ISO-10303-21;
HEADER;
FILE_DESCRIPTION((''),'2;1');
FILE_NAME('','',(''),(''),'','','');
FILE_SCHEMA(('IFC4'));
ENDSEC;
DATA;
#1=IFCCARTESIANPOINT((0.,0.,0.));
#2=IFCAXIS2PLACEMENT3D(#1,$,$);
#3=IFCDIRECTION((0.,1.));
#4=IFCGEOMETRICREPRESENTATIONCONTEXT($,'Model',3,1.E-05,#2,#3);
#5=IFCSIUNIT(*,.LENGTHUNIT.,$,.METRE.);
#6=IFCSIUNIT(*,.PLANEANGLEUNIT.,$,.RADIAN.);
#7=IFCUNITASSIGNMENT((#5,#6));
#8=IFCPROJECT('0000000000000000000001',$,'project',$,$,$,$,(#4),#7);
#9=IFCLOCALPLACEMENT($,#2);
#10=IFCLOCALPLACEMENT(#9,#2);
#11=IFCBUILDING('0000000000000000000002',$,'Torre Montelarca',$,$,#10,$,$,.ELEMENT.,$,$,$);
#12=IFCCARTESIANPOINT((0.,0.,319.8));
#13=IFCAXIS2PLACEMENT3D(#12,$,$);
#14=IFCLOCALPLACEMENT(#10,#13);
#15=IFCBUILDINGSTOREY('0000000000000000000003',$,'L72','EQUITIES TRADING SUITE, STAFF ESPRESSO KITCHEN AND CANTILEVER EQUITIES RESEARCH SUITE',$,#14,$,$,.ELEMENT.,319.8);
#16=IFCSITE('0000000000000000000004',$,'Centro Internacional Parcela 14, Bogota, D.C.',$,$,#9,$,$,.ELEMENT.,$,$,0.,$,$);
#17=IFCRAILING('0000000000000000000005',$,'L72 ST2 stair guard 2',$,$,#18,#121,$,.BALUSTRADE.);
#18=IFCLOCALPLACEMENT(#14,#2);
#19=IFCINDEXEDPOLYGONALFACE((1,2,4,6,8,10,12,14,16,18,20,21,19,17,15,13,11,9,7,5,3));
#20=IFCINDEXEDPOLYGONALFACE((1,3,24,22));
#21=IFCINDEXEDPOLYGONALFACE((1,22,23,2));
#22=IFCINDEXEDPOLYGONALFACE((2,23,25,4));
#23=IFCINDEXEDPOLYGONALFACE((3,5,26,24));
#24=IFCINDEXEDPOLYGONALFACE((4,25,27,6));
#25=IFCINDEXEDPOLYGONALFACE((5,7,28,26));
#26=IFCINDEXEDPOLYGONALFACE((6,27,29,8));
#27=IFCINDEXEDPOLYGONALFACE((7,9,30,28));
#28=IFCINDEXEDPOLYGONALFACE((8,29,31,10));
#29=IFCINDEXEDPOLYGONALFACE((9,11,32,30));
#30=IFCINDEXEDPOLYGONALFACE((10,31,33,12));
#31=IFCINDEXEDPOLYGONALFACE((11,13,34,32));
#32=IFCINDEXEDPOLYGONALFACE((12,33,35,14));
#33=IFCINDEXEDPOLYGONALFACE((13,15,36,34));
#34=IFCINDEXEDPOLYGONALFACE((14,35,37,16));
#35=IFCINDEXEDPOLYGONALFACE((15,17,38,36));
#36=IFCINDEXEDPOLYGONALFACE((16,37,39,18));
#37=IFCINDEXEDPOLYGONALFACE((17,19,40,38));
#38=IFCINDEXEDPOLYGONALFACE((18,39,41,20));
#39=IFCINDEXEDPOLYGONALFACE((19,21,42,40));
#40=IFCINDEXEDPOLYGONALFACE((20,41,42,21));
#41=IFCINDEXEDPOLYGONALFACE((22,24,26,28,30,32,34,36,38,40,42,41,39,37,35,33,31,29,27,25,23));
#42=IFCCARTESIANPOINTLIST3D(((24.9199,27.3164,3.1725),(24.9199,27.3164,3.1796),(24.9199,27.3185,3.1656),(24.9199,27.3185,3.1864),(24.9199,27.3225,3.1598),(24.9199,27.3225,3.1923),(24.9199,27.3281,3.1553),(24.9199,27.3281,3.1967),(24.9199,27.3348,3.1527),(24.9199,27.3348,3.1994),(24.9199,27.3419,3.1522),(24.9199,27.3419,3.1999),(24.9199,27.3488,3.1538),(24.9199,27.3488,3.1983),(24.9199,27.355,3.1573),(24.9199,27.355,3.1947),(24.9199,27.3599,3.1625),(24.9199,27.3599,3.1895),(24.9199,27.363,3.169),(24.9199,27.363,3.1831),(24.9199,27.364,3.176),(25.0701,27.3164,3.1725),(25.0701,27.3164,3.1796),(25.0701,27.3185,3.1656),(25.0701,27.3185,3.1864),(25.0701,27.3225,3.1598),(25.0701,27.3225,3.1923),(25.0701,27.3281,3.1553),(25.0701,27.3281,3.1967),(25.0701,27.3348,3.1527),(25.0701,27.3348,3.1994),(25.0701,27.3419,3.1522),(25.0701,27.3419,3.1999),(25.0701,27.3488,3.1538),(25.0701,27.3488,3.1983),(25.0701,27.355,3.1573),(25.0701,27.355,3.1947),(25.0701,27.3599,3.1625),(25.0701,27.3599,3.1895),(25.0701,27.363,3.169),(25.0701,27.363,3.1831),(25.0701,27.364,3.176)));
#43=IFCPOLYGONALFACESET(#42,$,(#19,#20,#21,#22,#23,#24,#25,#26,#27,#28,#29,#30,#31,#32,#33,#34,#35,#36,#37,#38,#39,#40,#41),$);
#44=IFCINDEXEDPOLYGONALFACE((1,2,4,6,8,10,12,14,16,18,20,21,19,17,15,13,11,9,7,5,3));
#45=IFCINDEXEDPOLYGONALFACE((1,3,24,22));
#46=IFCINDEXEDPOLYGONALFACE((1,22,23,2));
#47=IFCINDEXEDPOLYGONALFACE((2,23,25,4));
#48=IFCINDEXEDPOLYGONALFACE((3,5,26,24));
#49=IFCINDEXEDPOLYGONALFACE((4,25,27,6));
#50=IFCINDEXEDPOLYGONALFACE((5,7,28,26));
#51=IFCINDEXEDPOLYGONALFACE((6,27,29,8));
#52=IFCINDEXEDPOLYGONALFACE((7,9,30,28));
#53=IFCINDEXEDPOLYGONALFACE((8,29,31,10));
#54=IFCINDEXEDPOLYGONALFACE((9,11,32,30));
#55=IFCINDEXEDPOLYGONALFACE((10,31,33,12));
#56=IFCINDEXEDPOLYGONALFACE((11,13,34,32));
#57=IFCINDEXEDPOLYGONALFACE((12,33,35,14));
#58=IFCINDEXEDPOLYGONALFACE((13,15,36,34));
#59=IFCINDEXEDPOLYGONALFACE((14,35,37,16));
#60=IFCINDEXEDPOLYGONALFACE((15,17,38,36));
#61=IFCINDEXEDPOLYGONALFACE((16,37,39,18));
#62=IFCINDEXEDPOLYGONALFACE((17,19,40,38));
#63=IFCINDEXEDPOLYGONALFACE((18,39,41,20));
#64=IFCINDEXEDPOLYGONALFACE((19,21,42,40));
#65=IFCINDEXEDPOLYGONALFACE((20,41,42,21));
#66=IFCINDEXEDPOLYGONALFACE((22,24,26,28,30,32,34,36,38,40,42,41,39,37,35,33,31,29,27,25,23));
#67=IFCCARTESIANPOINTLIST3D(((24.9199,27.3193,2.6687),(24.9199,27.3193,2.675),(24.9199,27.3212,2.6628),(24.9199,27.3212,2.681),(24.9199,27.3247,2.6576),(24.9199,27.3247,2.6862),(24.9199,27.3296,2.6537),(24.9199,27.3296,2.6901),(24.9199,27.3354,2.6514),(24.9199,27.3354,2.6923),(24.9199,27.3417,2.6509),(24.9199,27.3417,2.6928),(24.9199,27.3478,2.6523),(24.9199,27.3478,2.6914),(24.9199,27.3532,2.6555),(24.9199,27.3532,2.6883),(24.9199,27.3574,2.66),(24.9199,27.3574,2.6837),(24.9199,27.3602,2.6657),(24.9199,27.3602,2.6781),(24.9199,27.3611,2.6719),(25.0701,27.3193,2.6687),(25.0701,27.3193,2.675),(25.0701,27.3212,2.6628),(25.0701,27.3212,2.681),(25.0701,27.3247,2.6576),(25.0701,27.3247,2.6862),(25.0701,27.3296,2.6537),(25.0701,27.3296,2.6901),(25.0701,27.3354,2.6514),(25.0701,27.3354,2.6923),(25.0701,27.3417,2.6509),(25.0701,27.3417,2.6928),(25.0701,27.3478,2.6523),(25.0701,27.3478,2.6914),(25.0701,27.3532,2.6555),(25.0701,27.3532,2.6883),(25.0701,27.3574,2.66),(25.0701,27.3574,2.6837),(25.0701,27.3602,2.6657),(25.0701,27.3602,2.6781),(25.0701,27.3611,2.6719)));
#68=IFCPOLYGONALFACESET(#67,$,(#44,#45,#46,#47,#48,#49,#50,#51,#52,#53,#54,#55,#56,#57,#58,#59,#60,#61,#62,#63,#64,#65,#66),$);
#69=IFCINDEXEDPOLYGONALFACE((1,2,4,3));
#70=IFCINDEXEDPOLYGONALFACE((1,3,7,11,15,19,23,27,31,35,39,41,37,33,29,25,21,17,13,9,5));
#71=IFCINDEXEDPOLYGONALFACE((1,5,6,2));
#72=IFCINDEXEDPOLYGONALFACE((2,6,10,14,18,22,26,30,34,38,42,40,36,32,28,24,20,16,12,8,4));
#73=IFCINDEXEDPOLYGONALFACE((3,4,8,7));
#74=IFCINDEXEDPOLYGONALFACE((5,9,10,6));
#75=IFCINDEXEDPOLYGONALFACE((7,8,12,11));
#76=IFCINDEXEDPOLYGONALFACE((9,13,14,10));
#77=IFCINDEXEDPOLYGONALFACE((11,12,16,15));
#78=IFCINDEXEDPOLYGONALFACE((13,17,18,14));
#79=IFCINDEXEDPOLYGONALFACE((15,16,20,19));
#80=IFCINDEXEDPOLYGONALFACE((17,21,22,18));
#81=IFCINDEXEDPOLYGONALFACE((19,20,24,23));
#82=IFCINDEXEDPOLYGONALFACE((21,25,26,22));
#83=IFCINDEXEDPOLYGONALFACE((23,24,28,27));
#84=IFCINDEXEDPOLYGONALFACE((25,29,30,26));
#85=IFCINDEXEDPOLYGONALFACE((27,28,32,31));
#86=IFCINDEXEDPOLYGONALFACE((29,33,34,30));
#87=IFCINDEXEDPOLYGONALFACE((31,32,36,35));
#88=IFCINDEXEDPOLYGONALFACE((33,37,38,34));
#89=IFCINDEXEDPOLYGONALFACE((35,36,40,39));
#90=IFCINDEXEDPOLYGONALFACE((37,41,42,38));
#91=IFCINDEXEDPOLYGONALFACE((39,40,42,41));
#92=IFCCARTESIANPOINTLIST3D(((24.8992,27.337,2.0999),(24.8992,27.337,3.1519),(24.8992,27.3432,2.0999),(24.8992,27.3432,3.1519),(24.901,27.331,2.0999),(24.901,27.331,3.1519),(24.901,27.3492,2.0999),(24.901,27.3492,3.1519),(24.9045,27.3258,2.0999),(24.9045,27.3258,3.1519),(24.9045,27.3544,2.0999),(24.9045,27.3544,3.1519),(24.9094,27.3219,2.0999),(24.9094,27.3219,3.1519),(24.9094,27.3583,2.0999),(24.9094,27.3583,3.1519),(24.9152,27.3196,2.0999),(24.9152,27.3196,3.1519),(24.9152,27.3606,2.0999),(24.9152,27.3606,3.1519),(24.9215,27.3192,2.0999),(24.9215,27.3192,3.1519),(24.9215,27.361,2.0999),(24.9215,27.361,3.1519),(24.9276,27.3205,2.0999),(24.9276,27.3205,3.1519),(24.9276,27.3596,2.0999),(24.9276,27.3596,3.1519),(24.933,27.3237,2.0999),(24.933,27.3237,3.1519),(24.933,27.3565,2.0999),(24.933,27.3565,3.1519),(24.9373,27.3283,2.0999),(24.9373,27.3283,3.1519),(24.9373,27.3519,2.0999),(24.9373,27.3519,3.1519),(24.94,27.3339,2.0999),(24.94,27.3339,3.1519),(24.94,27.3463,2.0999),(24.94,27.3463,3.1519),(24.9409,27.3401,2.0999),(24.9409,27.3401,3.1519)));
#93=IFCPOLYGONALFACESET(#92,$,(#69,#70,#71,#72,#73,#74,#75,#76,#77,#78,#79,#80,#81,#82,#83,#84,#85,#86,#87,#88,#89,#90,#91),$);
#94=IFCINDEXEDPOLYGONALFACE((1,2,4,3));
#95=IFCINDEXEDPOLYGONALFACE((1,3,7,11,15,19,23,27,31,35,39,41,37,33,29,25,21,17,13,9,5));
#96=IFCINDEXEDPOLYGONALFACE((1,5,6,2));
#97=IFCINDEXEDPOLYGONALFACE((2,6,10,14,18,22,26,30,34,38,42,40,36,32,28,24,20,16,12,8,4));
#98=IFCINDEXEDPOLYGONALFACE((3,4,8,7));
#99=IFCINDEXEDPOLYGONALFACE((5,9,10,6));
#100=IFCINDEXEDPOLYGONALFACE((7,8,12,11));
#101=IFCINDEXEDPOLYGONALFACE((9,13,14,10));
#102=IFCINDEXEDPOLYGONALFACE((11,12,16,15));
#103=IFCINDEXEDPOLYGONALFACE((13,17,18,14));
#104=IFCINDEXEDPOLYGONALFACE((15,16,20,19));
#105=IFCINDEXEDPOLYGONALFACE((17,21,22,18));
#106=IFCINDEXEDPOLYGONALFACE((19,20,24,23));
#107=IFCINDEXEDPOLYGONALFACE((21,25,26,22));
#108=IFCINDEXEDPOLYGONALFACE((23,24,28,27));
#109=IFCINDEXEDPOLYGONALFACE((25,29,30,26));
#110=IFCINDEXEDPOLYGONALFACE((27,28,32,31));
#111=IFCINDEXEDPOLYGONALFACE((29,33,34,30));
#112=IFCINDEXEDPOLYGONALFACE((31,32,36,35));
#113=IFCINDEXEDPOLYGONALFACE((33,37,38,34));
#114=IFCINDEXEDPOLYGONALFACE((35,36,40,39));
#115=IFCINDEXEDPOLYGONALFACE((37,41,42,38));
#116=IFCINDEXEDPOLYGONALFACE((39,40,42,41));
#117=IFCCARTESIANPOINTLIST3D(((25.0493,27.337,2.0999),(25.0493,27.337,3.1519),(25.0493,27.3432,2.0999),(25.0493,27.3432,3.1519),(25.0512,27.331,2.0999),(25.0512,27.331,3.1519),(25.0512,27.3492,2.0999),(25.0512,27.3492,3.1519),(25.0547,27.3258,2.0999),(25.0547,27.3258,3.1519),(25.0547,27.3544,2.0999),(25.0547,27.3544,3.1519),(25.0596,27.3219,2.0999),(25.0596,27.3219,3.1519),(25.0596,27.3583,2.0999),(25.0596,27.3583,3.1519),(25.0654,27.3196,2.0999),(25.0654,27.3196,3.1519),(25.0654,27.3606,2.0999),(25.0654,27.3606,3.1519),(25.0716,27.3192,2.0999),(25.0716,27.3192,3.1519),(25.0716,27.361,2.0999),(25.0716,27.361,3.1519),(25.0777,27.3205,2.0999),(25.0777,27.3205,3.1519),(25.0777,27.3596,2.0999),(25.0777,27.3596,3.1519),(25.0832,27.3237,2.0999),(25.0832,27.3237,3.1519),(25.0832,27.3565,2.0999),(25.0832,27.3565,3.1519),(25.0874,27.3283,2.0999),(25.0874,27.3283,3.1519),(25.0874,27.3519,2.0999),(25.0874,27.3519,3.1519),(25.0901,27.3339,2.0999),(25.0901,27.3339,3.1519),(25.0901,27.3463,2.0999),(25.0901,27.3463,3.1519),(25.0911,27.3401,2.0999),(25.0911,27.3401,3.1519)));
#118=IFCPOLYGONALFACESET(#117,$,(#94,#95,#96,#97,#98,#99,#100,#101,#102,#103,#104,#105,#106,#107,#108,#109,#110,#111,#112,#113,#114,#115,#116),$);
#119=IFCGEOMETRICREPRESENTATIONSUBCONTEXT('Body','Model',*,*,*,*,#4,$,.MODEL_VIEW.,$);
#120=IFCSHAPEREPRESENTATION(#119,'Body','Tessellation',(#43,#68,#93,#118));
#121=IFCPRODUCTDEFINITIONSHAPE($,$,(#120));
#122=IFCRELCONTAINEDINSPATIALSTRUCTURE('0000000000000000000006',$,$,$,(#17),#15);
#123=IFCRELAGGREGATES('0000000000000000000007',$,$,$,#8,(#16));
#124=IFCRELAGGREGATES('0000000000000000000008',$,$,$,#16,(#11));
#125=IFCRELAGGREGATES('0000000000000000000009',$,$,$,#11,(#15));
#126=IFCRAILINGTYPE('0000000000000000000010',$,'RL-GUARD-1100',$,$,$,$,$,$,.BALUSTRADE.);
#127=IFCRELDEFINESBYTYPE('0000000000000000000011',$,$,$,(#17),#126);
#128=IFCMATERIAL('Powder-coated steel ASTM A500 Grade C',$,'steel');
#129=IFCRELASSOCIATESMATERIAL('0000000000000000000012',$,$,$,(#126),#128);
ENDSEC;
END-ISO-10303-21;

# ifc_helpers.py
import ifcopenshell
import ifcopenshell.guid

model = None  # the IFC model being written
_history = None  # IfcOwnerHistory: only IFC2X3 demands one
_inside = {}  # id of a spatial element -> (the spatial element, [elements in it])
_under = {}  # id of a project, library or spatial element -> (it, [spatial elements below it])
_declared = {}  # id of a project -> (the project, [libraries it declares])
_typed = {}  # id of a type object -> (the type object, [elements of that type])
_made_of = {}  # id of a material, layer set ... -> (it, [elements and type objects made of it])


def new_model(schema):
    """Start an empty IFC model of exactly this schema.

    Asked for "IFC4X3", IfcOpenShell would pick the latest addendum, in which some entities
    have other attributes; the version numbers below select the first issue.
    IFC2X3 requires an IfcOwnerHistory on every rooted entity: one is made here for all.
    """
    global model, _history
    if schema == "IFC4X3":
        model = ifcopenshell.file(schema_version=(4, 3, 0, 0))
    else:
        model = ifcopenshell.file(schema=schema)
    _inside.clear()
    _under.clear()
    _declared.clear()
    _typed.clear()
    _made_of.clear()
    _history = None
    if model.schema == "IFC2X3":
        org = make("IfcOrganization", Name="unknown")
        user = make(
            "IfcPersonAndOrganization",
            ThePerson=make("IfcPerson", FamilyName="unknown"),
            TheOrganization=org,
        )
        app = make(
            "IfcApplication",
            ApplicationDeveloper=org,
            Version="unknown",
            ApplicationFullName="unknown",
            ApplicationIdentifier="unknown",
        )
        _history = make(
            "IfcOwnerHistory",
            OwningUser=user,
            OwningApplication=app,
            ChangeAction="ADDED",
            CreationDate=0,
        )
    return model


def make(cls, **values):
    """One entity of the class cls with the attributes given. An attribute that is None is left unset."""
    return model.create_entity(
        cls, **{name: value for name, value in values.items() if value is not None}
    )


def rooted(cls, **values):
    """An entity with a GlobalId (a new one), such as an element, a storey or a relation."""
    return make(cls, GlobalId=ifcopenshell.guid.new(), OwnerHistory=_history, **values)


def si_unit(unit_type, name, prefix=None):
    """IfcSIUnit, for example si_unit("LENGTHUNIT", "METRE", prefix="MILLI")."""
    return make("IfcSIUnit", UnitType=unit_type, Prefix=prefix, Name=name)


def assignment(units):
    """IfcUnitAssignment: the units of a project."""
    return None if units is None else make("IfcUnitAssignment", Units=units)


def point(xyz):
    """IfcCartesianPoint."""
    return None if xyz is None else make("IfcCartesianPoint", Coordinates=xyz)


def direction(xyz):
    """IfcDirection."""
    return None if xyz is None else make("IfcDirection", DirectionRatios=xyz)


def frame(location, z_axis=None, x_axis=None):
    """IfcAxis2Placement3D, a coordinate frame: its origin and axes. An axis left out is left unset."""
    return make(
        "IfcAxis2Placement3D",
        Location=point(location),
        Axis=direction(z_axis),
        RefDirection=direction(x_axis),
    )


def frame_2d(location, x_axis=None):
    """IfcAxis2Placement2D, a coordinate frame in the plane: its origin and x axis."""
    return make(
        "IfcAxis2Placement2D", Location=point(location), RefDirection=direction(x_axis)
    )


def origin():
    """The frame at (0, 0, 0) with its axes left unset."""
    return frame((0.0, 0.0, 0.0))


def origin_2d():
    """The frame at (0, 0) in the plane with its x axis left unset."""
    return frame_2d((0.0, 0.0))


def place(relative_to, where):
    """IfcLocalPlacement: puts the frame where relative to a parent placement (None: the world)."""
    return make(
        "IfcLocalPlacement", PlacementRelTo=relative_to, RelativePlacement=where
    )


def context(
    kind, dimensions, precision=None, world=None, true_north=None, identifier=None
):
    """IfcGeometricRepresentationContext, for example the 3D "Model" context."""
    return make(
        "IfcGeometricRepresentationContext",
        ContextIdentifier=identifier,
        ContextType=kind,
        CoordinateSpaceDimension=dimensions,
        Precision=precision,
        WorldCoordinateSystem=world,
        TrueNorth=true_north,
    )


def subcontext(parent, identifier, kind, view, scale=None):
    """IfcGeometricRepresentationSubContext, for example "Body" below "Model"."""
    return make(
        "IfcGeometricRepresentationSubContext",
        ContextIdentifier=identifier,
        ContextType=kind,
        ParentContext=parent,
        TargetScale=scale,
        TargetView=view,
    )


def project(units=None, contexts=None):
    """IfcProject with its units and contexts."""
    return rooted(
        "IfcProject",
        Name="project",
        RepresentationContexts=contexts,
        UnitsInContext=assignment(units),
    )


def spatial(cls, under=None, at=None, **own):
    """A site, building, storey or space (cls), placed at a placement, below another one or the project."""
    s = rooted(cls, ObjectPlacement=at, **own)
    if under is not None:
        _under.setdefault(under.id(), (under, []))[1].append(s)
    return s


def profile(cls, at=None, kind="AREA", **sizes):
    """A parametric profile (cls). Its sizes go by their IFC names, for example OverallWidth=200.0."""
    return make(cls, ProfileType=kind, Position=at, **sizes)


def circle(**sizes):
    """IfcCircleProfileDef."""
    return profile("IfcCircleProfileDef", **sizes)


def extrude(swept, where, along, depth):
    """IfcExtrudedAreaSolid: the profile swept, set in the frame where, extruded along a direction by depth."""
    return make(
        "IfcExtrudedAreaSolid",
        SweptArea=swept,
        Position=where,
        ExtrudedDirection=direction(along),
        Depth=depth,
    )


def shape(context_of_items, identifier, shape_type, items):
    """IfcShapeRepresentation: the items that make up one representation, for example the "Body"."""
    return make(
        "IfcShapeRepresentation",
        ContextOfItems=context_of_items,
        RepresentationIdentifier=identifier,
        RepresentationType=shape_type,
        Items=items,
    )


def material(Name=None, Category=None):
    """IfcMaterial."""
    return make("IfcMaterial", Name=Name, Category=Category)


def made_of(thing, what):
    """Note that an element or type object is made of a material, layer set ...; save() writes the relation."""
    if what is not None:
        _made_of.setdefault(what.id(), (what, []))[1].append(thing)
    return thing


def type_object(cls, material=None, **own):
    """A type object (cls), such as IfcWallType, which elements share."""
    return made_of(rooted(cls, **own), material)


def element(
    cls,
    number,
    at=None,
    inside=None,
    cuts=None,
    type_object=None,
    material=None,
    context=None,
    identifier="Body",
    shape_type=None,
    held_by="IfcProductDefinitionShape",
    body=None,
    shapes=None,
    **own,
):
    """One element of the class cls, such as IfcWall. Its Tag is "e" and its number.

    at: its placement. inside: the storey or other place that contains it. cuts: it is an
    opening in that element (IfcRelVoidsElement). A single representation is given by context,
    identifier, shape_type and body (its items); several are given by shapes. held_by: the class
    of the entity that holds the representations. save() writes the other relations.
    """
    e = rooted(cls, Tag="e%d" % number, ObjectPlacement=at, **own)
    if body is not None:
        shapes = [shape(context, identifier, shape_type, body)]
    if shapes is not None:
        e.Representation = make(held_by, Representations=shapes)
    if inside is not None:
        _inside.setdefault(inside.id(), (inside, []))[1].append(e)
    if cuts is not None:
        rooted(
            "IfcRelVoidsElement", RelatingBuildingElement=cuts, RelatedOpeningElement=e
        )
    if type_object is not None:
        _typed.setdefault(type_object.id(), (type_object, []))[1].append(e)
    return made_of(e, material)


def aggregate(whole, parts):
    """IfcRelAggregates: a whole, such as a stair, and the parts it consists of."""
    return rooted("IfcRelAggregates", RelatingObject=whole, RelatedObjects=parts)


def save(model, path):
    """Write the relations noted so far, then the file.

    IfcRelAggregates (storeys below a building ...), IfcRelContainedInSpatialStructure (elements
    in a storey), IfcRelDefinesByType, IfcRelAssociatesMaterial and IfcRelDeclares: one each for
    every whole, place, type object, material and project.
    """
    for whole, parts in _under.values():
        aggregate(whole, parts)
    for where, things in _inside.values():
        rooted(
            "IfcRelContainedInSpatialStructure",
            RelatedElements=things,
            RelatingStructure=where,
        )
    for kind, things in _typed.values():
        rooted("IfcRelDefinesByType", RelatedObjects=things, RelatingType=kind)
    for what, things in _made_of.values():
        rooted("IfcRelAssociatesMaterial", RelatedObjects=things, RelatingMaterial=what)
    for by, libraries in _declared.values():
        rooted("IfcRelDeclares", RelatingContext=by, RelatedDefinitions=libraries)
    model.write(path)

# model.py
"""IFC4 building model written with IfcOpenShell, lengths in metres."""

from ifc_helpers import new_model, si_unit, direction, frame, origin, origin_2d, place, context, subcontext, project, spatial, circle, extrude, material, type_object, element, save


model = new_model("IFC4")

# Units and contexts
model_context = context("Model", 3, precision=1e-05, world=origin(), true_north=direction((0.0, 1.0)))
body_context = subcontext(model_context, "Body", "Model", "MODEL_VIEW")
ifc_project = project(units=[si_unit("LENGTHUNIT", "METRE"), si_unit("PLANEANGLEUNIT", "RADIAN")], contexts=[model_context])

# Site, building, storey
site_placement = place(None, origin())
site = spatial("IfcSite", under=ifc_project, at=site_placement, Name="Centro Internacional Parcela 14, Bogota, D.C.", CompositionType="ELEMENT", RefElevation=0.0)
building_placement = place(site_placement, origin())
building = spatial("IfcBuilding", under=site, at=building_placement, Name="Torre Montelarca", CompositionType="ELEMENT")
storey_placement = place(building_placement, frame((0.0, 0.0, 319.8)))
storey = spatial("IfcBuildingStorey", under=building, at=storey_placement, Name="L72", Description="EQUITIES TRADING SUITE, STAFF ESPRESSO KITCHEN AND CANTILEVER EQUITIES RESEARCH SUITE", CompositionType="ELEMENT", Elevation=319.8)

# Railing
ifc_material_1 = material(Name="Powder-coated steel ASTM A500 Grade C", Category="steel")
railing_type_1 = type_object("IfcRailingType", Name="RL-GUARD-1100", PredefinedType="BALUSTRADE", material=ifc_material_1)
railing_1_placement = place(storey_placement, frame((24.9199, 27.3401, 2.0999)))
element("IfcRailing", 1, at=railing_1_placement, inside=storey, type_object=railing_type_1, Name="L72 ST2 stair guard 2", PredefinedType="BALUSTRADE", context=body_context, shape_type="SweptSolid", body=[
    extrude(circle(Radius=0.0239, at=origin_2d()), frame((0.0, 0.0, 1.0762), z_axis=(1.0, 0.0, 0.0), x_axis=(0.0, 1.0, 0.0)), (0.0, 0.0, 1.0), 0.1501),
    extrude(circle(Radius=0.021, at=origin_2d()), frame((0.0, 0.0, 0.572), z_axis=(1.0, 0.0, 0.0), x_axis=(0.0, 1.0, 0.0)), (0.0, 0.0, 1.0), 0.1501),
    extrude(circle(Radius=0.021, at=origin_2d()), origin(), (0.0, 0.0, 1.0), 1.052),
    extrude(circle(Radius=0.021, at=origin_2d()), frame((0.1501, 0.0, 0.0)), (0.0, 0.0, 1.0), 1.052),
])

save(model, "model.ifc")
